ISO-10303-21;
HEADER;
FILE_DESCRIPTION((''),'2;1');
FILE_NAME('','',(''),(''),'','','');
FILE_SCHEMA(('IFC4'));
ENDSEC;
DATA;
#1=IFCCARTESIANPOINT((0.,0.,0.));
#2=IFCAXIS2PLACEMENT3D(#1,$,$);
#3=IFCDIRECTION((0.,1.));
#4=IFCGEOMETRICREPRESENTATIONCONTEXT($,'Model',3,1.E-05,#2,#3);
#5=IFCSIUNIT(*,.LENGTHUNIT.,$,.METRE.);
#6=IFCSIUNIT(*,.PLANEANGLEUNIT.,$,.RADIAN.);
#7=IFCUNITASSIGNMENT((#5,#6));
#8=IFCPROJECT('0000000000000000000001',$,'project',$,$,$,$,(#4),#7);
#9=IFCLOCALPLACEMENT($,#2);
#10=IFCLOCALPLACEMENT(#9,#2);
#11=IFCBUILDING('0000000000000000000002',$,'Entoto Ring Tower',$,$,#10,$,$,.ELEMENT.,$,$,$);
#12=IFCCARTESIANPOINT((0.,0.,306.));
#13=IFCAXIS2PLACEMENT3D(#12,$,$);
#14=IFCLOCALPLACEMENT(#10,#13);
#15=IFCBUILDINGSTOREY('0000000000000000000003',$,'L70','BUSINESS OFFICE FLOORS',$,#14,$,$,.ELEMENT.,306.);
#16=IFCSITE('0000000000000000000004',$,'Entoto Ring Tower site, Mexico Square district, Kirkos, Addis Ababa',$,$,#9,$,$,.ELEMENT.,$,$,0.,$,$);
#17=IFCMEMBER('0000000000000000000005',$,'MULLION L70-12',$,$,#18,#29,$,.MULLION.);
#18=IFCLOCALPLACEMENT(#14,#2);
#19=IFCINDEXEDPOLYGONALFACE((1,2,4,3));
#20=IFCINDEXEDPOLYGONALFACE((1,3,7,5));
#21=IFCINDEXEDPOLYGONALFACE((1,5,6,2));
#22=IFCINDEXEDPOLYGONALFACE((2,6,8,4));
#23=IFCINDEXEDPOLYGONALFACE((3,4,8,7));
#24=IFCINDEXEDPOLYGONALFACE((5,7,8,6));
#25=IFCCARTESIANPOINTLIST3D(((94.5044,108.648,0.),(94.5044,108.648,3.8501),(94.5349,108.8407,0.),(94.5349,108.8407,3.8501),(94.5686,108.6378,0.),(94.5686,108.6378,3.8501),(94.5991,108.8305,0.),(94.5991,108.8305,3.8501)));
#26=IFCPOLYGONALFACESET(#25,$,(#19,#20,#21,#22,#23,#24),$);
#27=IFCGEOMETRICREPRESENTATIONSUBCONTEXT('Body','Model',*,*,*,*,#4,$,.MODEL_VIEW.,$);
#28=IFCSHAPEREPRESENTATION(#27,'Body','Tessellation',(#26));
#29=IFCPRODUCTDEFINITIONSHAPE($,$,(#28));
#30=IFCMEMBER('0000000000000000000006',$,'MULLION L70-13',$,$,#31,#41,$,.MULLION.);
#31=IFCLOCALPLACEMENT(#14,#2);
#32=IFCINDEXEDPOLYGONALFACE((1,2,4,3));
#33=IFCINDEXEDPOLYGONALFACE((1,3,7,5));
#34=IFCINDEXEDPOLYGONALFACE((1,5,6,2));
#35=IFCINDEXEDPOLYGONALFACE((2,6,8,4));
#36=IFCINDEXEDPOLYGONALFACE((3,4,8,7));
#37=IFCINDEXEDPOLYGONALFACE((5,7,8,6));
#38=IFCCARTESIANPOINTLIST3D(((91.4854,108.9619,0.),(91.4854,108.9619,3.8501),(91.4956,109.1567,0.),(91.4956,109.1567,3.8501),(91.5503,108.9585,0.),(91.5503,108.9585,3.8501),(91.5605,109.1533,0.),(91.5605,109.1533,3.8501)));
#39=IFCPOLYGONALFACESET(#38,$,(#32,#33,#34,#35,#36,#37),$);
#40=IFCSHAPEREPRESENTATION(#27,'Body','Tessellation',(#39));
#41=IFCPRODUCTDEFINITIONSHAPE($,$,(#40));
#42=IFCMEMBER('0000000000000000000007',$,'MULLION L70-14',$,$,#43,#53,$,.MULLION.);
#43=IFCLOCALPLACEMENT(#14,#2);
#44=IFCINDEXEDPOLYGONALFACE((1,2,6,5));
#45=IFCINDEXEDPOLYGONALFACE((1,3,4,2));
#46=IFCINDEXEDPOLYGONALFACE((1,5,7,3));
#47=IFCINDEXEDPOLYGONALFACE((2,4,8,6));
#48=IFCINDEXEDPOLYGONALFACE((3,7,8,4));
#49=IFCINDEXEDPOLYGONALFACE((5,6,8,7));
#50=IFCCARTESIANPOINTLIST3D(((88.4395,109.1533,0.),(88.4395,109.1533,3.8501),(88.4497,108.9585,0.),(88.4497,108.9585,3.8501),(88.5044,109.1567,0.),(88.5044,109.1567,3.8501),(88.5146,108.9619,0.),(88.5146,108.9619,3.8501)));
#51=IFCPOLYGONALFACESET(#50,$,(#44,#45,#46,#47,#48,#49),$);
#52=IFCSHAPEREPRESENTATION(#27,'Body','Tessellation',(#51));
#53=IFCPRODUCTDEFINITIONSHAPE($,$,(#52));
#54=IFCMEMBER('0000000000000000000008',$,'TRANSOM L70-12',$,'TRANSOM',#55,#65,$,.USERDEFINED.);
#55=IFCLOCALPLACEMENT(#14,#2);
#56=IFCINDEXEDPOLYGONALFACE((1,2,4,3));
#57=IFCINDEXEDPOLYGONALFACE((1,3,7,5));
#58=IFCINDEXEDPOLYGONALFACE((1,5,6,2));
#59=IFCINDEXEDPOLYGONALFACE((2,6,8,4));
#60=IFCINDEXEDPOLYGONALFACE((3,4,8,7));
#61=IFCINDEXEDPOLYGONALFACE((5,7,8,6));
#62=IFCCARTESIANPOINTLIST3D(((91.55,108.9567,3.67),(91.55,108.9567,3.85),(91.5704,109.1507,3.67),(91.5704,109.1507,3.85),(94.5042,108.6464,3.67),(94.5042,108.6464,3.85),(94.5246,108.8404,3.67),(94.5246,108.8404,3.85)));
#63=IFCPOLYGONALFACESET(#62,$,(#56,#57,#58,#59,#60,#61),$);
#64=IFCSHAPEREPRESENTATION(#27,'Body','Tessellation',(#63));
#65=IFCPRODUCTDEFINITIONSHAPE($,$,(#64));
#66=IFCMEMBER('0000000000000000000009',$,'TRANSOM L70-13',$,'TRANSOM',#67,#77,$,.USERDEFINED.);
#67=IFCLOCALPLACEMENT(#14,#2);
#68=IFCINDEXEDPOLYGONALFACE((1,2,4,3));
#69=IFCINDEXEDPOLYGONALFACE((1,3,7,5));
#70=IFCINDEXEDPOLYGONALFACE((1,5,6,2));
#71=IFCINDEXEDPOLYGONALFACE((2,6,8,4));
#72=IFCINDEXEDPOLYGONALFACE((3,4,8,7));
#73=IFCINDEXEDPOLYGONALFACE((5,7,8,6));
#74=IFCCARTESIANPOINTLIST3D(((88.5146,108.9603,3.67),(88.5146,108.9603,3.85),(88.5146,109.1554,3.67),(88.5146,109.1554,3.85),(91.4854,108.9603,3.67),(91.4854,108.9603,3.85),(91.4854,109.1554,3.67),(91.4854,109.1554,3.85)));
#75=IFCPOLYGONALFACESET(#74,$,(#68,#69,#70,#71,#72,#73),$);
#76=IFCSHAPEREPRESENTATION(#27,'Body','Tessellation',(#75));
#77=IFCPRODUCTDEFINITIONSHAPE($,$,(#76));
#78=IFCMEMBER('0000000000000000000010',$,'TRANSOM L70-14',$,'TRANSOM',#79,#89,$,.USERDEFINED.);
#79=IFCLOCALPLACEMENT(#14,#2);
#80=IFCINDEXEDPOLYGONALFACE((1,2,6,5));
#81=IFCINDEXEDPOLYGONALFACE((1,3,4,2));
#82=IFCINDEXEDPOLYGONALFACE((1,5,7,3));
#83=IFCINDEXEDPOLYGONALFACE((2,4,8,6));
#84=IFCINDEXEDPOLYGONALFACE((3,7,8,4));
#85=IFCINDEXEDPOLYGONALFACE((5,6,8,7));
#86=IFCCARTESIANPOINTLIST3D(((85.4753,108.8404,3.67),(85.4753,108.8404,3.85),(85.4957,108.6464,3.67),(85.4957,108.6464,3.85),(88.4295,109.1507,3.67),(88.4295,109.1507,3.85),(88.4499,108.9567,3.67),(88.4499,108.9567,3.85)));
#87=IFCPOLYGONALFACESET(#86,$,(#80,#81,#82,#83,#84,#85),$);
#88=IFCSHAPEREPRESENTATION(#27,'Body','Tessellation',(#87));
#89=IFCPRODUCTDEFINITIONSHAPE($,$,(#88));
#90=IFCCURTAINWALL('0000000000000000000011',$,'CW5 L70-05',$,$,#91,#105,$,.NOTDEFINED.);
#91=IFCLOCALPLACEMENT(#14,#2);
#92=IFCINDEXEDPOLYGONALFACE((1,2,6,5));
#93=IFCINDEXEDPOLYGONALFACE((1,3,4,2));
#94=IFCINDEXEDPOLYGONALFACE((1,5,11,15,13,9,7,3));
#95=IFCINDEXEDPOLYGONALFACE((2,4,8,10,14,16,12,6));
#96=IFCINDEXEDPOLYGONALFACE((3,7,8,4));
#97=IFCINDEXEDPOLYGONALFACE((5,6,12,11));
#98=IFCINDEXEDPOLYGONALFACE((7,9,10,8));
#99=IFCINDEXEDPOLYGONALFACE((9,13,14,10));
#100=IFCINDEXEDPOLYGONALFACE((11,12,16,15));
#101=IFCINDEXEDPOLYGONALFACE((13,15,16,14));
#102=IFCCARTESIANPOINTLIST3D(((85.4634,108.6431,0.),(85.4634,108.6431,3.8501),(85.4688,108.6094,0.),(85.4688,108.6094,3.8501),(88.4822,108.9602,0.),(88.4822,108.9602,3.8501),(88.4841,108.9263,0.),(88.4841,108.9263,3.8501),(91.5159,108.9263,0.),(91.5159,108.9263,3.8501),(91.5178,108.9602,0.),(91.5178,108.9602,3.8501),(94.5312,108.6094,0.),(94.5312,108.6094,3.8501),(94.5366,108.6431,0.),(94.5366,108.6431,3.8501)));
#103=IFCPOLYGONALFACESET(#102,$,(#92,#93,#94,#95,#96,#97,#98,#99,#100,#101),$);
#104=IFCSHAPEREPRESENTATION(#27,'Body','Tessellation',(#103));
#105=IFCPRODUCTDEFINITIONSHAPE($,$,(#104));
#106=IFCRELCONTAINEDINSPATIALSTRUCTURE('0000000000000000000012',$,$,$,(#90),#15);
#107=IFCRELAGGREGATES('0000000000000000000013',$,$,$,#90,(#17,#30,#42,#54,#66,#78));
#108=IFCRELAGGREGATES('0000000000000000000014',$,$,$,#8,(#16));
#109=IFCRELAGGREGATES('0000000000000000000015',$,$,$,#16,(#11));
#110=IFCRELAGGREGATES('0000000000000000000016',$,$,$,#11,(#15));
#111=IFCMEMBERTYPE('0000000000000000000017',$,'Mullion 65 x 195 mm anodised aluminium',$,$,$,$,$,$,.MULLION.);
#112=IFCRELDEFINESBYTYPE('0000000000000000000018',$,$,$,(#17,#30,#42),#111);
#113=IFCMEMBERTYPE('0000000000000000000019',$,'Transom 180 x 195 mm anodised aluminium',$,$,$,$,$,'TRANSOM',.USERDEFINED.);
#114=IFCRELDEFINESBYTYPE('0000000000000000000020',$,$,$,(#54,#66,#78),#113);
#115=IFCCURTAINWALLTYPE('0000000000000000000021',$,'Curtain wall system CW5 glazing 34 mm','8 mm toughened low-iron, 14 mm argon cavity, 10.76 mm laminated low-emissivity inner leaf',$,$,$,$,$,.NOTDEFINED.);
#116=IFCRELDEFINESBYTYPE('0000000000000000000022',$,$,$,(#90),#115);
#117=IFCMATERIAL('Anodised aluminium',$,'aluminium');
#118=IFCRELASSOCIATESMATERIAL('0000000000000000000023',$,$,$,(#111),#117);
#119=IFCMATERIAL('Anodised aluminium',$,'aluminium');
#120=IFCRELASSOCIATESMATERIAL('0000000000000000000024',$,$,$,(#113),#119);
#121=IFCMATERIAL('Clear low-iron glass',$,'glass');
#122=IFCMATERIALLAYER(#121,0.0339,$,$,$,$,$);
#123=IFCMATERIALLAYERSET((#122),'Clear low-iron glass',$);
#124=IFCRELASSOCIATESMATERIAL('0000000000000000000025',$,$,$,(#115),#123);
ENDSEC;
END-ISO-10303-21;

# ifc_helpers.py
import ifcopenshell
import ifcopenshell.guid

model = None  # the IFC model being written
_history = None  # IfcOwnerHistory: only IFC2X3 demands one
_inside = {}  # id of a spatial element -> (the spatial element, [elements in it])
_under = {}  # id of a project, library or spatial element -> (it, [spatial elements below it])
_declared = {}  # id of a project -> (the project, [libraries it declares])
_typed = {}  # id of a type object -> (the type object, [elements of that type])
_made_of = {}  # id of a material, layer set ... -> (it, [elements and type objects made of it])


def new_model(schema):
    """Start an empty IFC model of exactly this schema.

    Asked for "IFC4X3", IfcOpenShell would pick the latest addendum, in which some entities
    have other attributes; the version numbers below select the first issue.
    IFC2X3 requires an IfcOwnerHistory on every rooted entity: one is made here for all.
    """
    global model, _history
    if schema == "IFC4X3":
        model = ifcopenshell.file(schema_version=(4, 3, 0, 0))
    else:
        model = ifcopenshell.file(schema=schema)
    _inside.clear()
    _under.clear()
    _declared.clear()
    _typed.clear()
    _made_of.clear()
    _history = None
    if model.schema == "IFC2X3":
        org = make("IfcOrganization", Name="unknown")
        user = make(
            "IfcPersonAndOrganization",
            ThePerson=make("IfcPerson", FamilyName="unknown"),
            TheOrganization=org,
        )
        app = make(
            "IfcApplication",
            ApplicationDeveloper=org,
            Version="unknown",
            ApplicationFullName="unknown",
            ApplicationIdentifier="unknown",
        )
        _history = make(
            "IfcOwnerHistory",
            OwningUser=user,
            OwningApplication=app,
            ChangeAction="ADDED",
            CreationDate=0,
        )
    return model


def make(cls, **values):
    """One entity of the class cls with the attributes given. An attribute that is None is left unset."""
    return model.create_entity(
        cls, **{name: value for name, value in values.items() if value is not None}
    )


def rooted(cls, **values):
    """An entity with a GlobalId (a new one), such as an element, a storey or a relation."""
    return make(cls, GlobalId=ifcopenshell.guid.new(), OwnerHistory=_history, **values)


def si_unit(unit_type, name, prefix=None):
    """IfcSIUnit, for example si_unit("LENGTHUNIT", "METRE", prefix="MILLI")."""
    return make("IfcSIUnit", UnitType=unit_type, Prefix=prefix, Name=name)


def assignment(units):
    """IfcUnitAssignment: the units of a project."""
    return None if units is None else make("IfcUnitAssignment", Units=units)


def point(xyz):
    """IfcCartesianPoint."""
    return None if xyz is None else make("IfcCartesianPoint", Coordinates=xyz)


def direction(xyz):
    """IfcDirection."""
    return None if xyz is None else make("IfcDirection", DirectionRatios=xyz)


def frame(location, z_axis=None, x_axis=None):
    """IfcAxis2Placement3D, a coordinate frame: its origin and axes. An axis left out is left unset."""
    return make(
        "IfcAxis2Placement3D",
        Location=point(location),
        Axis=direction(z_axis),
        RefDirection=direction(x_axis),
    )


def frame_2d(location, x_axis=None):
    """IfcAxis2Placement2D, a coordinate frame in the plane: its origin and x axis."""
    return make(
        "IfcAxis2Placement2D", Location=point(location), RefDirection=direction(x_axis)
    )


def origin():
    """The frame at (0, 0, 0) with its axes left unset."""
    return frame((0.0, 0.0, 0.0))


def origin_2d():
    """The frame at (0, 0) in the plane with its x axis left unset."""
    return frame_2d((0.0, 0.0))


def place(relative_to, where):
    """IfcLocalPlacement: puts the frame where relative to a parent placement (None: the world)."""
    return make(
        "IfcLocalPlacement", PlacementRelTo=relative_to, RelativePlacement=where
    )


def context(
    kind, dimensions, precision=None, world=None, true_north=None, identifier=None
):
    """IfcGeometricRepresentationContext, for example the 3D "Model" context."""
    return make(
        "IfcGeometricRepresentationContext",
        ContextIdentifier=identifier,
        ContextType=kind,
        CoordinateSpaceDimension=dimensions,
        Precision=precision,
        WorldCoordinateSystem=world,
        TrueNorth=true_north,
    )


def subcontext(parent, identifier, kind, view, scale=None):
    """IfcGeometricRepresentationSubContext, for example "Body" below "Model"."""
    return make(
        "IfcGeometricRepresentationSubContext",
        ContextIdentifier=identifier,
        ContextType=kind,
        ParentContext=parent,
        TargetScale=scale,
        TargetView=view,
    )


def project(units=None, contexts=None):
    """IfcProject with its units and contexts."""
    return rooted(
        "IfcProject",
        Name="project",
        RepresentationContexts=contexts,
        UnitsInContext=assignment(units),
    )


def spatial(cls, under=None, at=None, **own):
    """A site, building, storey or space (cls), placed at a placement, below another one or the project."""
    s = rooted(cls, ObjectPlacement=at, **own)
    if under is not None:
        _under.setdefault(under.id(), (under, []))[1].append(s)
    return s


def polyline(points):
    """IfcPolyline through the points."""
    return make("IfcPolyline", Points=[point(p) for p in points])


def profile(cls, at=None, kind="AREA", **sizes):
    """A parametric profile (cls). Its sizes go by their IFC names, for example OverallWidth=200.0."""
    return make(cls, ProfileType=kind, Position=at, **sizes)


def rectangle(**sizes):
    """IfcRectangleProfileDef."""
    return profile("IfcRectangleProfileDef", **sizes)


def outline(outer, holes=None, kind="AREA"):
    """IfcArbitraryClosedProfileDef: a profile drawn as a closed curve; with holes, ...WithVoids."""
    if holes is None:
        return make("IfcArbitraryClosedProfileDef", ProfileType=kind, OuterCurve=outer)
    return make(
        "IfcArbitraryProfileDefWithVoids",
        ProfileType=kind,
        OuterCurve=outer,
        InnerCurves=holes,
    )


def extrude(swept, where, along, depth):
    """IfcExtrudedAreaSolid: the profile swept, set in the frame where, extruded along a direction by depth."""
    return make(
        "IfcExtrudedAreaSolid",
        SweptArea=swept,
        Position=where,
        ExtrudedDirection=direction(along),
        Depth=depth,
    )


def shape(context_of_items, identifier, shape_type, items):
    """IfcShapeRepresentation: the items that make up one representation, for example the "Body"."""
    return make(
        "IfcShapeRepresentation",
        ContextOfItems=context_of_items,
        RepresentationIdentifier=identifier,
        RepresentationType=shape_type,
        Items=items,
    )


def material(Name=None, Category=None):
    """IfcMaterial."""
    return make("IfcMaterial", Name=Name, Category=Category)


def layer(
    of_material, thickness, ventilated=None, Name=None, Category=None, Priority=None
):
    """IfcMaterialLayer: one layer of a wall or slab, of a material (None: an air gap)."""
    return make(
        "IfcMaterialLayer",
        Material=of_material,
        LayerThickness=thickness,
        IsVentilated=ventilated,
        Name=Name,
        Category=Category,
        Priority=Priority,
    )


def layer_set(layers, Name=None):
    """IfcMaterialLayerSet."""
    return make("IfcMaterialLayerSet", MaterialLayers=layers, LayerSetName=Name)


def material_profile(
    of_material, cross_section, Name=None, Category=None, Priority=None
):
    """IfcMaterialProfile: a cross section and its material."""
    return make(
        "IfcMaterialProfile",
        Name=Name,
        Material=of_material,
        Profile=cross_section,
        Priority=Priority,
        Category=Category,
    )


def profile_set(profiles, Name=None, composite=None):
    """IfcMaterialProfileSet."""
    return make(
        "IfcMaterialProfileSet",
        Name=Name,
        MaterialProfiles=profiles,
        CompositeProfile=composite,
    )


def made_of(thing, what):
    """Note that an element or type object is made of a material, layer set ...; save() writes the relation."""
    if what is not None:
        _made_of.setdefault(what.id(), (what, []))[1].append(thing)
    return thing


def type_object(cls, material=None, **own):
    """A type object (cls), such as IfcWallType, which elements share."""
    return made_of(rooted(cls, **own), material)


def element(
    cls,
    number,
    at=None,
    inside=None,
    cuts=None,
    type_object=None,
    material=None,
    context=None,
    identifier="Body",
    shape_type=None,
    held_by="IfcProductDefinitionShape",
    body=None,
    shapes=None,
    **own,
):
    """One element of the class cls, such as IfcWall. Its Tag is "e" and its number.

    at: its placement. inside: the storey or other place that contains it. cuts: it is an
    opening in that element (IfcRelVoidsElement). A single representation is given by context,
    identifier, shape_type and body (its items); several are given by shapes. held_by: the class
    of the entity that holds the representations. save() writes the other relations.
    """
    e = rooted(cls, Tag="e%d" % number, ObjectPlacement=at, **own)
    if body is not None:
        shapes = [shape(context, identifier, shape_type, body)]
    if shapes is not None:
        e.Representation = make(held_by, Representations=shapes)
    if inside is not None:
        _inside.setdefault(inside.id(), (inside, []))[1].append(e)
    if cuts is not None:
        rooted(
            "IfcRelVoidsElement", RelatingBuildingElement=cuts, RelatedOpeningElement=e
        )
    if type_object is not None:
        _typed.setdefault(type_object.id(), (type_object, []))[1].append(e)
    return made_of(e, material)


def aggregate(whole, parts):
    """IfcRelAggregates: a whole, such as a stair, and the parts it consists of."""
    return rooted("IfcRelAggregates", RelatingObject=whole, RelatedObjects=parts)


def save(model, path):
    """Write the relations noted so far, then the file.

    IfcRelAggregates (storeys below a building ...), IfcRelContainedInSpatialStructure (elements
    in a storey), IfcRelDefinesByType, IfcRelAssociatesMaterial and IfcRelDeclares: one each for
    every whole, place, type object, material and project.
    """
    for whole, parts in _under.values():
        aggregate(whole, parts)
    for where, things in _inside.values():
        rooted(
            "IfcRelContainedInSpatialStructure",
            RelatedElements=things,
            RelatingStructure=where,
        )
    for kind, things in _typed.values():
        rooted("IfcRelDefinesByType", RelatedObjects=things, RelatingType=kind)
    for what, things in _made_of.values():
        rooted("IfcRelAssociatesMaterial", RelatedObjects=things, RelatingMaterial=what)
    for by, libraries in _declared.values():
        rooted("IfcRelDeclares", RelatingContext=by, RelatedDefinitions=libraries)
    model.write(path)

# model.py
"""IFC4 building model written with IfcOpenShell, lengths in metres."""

from ifc_helpers import new_model, si_unit, direction, frame, origin, origin_2d, place, context, subcontext, project, spatial, polyline, rectangle, outline, extrude, material, layer, layer_set, material_profile, profile_set, type_object, element, aggregate, save


model = new_model("IFC4")

# Units and contexts
model_context = context("Model", 3, precision=1e-05, world=origin(), true_north=direction((0.0, 1.0)))
body_context = subcontext(model_context, "Body", "Model", "MODEL_VIEW")
ifc_project = project(units=[si_unit("LENGTHUNIT", "METRE"), si_unit("PLANEANGLEUNIT", "RADIAN")], contexts=[model_context])

# Members
ifc_material_1 = material(Name="Anodised aluminium", Category="aluminium")
ifc_material_profile_1 = material_profile(ifc_material_1, rectangle(XDim=0.0649, YDim=0.1951, at=origin_2d()), Name="Mullion 65 x 195 mm anodised aluminium")
ifc_profile_set_1 = profile_set([ifc_material_profile_1], Name="Anodised aluminium")
member_type_1 = type_object("IfcMemberType", Name="Mullion 65 x 195 mm anodised aluminium", PredefinedType="MULLION", material=ifc_profile_set_1)
site_placement = place(None, origin())
building_placement = place(site_placement, origin())
storey_placement = place(building_placement, frame((0.0, 0.0, 306.0)))
member_1_placement = place(storey_placement, frame((94.5518, 108.7393, 0.0), z_axis=(0.0, 0.0, 1.0), x_axis=(-0.987688, 0.156434, 0.0)))
member_1 = element("IfcMember", 1, at=member_1_placement, type_object=member_type_1, Name="MULLION L70-12", PredefinedType="MULLION", context=body_context, shape_type="SweptSolid", body=[
    extrude(rectangle(XDim=0.0649, YDim=0.1951, at=origin_2d()), origin(), (0.0, 0.0, 1.0), 3.8501),
])
member_2_placement = place(storey_placement, frame((91.5229, 109.0576, 0.0), z_axis=(0.0, 0.0, 1.0), x_axis=(-0.99863, 0.052336, 0.0)))
member_2 = element("IfcMember", 2, at=member_2_placement, type_object=member_type_1, Name="MULLION L70-13", PredefinedType="MULLION", context=body_context, shape_type="SweptSolid", body=[
    extrude(rectangle(XDim=0.0649, YDim=0.1951, at=origin_2d()), origin(), (0.0, 0.0, 1.0), 3.8501),
])
member_3_placement = place(storey_placement, frame((88.4771, 109.0576, 0.0), z_axis=(0.0, 0.0, 1.0), x_axis=(-0.99863, -0.052336, 0.0)))
member_3 = element("IfcMember", 3, at=member_3_placement, type_object=member_type_1, Name="MULLION L70-14", PredefinedType="MULLION", context=body_context, shape_type="SweptSolid", body=[
    extrude(rectangle(XDim=0.0649, YDim=0.1951, at=origin_2d()), origin(), (0.0, 0.0, 1.0), 3.8501),
])
ifc_material_2 = material(Name="Anodised aluminium", Category="aluminium")
ifc_material_profile_2 = material_profile(ifc_material_2, rectangle(XDim=0.1951, YDim=0.1799, at=origin_2d()), Name="Transom 180 x 195 mm anodised aluminium")
ifc_profile_set_2 = profile_set([ifc_material_profile_2], Name="Anodised aluminium")
member_type_2 = type_object("IfcMemberType", Name="Transom 180 x 195 mm anodised aluminium", ElementType="TRANSOM", PredefinedType="USERDEFINED", material=ifc_profile_set_2)
member_4_placement = place(storey_placement, frame((94.5144, 108.7434, 3.76), z_axis=(-0.994528, 0.104467, 0.0), x_axis=(-0.104467, -0.994528, 0.0)))
member_4 = element("IfcMember", 4, at=member_4_placement, type_object=member_type_2, Name="TRANSOM L70-12", ObjectType="TRANSOM", PredefinedType="USERDEFINED", context=body_context, shape_type="SweptSolid", body=[
    extrude(rectangle(XDim=0.1951, YDim=0.1799, at=origin_2d()), origin(), (0.0, 0.0, 1.0), 2.9705),
])
member_5_placement = place(storey_placement, frame((91.4854, 109.0579, 3.76), z_axis=(-1.0, 0.0, 0.0), x_axis=(0.0, -1.0, 0.0)))
member_5 = element("IfcMember", 5, at=member_5_placement, type_object=member_type_2, Name="TRANSOM L70-13", ObjectType="TRANSOM", PredefinedType="USERDEFINED", context=body_context, shape_type="SweptSolid", body=[
    extrude(rectangle(XDim=0.1951, YDim=0.1799, at=origin_2d()), origin(), (0.0, 0.0, 1.0), 2.9707),
])
member_6_placement = place(storey_placement, frame((88.4397, 109.0537, 3.76), z_axis=(-0.994528, -0.104467, 0.0), x_axis=(0.104467, -0.994528, 0.0)))
member_6 = element("IfcMember", 6, at=member_6_placement, type_object=member_type_2, Name="TRANSOM L70-14", ObjectType="TRANSOM", PredefinedType="USERDEFINED", context=body_context, shape_type="SweptSolid", body=[
    extrude(rectangle(XDim=0.1951, YDim=0.1799, at=origin_2d()), origin(), (0.0, 0.0, 1.0), 2.9705),
])

# Site, building, storey
site = spatial("IfcSite", under=ifc_project, at=site_placement, Name="Entoto Ring Tower site, Mexico Square district, Kirkos, Addis Ababa", CompositionType="ELEMENT", RefElevation=0.0)
building = spatial("IfcBuilding", under=site, at=building_placement, Name="Entoto Ring Tower", CompositionType="ELEMENT")
storey = spatial("IfcBuildingStorey", under=building, at=storey_placement, Name="L70", Description="BUSINESS OFFICE FLOORS", CompositionType="ELEMENT", Elevation=306.0)

# Curtain wall
ifc_material_3 = material(Name="Clear low-iron glass", Category="glass")
ifc_layer = layer(ifc_material_3, 0.0339)
ifc_layer_set = layer_set([ifc_layer], Name="Clear low-iron glass")
curtain_wall_type = type_object("IfcCurtainWallType", Name="Curtain wall system CW5 glazing 34 mm", Description="8 mm toughened low-iron, 14 mm argon cavity, 10.76 mm laminated low-emissivity inner leaf", PredefinedType="NOTDEFINED", material=ifc_layer_set)
curtain_wall_1_placement = place(storey_placement, origin())
curtain_wall_1 = element("IfcCurtainWall", 7, at=curtain_wall_1_placement, inside=storey, type_object=curtain_wall_type, Name="CW5 L70-05", PredefinedType="NOTDEFINED", context=body_context, shape_type="SweptSolid", body=[
    extrude(outline(polyline([(94.5366, 108.6431), (91.5178, 108.9602), (88.4822, 108.9602), (85.4634, 108.6431), (85.4688, 108.6094), (88.4841, 108.9263), (91.5159, 108.9263), (94.5312, 108.6094), (94.5366, 108.6431)])), origin(), (0.0, 0.0, 1.0), 3.8501),
])
aggregate(curtain_wall_1, [member_1, member_2, member_3, member_4, member_5, member_6])

save(model, "model.ifc")
